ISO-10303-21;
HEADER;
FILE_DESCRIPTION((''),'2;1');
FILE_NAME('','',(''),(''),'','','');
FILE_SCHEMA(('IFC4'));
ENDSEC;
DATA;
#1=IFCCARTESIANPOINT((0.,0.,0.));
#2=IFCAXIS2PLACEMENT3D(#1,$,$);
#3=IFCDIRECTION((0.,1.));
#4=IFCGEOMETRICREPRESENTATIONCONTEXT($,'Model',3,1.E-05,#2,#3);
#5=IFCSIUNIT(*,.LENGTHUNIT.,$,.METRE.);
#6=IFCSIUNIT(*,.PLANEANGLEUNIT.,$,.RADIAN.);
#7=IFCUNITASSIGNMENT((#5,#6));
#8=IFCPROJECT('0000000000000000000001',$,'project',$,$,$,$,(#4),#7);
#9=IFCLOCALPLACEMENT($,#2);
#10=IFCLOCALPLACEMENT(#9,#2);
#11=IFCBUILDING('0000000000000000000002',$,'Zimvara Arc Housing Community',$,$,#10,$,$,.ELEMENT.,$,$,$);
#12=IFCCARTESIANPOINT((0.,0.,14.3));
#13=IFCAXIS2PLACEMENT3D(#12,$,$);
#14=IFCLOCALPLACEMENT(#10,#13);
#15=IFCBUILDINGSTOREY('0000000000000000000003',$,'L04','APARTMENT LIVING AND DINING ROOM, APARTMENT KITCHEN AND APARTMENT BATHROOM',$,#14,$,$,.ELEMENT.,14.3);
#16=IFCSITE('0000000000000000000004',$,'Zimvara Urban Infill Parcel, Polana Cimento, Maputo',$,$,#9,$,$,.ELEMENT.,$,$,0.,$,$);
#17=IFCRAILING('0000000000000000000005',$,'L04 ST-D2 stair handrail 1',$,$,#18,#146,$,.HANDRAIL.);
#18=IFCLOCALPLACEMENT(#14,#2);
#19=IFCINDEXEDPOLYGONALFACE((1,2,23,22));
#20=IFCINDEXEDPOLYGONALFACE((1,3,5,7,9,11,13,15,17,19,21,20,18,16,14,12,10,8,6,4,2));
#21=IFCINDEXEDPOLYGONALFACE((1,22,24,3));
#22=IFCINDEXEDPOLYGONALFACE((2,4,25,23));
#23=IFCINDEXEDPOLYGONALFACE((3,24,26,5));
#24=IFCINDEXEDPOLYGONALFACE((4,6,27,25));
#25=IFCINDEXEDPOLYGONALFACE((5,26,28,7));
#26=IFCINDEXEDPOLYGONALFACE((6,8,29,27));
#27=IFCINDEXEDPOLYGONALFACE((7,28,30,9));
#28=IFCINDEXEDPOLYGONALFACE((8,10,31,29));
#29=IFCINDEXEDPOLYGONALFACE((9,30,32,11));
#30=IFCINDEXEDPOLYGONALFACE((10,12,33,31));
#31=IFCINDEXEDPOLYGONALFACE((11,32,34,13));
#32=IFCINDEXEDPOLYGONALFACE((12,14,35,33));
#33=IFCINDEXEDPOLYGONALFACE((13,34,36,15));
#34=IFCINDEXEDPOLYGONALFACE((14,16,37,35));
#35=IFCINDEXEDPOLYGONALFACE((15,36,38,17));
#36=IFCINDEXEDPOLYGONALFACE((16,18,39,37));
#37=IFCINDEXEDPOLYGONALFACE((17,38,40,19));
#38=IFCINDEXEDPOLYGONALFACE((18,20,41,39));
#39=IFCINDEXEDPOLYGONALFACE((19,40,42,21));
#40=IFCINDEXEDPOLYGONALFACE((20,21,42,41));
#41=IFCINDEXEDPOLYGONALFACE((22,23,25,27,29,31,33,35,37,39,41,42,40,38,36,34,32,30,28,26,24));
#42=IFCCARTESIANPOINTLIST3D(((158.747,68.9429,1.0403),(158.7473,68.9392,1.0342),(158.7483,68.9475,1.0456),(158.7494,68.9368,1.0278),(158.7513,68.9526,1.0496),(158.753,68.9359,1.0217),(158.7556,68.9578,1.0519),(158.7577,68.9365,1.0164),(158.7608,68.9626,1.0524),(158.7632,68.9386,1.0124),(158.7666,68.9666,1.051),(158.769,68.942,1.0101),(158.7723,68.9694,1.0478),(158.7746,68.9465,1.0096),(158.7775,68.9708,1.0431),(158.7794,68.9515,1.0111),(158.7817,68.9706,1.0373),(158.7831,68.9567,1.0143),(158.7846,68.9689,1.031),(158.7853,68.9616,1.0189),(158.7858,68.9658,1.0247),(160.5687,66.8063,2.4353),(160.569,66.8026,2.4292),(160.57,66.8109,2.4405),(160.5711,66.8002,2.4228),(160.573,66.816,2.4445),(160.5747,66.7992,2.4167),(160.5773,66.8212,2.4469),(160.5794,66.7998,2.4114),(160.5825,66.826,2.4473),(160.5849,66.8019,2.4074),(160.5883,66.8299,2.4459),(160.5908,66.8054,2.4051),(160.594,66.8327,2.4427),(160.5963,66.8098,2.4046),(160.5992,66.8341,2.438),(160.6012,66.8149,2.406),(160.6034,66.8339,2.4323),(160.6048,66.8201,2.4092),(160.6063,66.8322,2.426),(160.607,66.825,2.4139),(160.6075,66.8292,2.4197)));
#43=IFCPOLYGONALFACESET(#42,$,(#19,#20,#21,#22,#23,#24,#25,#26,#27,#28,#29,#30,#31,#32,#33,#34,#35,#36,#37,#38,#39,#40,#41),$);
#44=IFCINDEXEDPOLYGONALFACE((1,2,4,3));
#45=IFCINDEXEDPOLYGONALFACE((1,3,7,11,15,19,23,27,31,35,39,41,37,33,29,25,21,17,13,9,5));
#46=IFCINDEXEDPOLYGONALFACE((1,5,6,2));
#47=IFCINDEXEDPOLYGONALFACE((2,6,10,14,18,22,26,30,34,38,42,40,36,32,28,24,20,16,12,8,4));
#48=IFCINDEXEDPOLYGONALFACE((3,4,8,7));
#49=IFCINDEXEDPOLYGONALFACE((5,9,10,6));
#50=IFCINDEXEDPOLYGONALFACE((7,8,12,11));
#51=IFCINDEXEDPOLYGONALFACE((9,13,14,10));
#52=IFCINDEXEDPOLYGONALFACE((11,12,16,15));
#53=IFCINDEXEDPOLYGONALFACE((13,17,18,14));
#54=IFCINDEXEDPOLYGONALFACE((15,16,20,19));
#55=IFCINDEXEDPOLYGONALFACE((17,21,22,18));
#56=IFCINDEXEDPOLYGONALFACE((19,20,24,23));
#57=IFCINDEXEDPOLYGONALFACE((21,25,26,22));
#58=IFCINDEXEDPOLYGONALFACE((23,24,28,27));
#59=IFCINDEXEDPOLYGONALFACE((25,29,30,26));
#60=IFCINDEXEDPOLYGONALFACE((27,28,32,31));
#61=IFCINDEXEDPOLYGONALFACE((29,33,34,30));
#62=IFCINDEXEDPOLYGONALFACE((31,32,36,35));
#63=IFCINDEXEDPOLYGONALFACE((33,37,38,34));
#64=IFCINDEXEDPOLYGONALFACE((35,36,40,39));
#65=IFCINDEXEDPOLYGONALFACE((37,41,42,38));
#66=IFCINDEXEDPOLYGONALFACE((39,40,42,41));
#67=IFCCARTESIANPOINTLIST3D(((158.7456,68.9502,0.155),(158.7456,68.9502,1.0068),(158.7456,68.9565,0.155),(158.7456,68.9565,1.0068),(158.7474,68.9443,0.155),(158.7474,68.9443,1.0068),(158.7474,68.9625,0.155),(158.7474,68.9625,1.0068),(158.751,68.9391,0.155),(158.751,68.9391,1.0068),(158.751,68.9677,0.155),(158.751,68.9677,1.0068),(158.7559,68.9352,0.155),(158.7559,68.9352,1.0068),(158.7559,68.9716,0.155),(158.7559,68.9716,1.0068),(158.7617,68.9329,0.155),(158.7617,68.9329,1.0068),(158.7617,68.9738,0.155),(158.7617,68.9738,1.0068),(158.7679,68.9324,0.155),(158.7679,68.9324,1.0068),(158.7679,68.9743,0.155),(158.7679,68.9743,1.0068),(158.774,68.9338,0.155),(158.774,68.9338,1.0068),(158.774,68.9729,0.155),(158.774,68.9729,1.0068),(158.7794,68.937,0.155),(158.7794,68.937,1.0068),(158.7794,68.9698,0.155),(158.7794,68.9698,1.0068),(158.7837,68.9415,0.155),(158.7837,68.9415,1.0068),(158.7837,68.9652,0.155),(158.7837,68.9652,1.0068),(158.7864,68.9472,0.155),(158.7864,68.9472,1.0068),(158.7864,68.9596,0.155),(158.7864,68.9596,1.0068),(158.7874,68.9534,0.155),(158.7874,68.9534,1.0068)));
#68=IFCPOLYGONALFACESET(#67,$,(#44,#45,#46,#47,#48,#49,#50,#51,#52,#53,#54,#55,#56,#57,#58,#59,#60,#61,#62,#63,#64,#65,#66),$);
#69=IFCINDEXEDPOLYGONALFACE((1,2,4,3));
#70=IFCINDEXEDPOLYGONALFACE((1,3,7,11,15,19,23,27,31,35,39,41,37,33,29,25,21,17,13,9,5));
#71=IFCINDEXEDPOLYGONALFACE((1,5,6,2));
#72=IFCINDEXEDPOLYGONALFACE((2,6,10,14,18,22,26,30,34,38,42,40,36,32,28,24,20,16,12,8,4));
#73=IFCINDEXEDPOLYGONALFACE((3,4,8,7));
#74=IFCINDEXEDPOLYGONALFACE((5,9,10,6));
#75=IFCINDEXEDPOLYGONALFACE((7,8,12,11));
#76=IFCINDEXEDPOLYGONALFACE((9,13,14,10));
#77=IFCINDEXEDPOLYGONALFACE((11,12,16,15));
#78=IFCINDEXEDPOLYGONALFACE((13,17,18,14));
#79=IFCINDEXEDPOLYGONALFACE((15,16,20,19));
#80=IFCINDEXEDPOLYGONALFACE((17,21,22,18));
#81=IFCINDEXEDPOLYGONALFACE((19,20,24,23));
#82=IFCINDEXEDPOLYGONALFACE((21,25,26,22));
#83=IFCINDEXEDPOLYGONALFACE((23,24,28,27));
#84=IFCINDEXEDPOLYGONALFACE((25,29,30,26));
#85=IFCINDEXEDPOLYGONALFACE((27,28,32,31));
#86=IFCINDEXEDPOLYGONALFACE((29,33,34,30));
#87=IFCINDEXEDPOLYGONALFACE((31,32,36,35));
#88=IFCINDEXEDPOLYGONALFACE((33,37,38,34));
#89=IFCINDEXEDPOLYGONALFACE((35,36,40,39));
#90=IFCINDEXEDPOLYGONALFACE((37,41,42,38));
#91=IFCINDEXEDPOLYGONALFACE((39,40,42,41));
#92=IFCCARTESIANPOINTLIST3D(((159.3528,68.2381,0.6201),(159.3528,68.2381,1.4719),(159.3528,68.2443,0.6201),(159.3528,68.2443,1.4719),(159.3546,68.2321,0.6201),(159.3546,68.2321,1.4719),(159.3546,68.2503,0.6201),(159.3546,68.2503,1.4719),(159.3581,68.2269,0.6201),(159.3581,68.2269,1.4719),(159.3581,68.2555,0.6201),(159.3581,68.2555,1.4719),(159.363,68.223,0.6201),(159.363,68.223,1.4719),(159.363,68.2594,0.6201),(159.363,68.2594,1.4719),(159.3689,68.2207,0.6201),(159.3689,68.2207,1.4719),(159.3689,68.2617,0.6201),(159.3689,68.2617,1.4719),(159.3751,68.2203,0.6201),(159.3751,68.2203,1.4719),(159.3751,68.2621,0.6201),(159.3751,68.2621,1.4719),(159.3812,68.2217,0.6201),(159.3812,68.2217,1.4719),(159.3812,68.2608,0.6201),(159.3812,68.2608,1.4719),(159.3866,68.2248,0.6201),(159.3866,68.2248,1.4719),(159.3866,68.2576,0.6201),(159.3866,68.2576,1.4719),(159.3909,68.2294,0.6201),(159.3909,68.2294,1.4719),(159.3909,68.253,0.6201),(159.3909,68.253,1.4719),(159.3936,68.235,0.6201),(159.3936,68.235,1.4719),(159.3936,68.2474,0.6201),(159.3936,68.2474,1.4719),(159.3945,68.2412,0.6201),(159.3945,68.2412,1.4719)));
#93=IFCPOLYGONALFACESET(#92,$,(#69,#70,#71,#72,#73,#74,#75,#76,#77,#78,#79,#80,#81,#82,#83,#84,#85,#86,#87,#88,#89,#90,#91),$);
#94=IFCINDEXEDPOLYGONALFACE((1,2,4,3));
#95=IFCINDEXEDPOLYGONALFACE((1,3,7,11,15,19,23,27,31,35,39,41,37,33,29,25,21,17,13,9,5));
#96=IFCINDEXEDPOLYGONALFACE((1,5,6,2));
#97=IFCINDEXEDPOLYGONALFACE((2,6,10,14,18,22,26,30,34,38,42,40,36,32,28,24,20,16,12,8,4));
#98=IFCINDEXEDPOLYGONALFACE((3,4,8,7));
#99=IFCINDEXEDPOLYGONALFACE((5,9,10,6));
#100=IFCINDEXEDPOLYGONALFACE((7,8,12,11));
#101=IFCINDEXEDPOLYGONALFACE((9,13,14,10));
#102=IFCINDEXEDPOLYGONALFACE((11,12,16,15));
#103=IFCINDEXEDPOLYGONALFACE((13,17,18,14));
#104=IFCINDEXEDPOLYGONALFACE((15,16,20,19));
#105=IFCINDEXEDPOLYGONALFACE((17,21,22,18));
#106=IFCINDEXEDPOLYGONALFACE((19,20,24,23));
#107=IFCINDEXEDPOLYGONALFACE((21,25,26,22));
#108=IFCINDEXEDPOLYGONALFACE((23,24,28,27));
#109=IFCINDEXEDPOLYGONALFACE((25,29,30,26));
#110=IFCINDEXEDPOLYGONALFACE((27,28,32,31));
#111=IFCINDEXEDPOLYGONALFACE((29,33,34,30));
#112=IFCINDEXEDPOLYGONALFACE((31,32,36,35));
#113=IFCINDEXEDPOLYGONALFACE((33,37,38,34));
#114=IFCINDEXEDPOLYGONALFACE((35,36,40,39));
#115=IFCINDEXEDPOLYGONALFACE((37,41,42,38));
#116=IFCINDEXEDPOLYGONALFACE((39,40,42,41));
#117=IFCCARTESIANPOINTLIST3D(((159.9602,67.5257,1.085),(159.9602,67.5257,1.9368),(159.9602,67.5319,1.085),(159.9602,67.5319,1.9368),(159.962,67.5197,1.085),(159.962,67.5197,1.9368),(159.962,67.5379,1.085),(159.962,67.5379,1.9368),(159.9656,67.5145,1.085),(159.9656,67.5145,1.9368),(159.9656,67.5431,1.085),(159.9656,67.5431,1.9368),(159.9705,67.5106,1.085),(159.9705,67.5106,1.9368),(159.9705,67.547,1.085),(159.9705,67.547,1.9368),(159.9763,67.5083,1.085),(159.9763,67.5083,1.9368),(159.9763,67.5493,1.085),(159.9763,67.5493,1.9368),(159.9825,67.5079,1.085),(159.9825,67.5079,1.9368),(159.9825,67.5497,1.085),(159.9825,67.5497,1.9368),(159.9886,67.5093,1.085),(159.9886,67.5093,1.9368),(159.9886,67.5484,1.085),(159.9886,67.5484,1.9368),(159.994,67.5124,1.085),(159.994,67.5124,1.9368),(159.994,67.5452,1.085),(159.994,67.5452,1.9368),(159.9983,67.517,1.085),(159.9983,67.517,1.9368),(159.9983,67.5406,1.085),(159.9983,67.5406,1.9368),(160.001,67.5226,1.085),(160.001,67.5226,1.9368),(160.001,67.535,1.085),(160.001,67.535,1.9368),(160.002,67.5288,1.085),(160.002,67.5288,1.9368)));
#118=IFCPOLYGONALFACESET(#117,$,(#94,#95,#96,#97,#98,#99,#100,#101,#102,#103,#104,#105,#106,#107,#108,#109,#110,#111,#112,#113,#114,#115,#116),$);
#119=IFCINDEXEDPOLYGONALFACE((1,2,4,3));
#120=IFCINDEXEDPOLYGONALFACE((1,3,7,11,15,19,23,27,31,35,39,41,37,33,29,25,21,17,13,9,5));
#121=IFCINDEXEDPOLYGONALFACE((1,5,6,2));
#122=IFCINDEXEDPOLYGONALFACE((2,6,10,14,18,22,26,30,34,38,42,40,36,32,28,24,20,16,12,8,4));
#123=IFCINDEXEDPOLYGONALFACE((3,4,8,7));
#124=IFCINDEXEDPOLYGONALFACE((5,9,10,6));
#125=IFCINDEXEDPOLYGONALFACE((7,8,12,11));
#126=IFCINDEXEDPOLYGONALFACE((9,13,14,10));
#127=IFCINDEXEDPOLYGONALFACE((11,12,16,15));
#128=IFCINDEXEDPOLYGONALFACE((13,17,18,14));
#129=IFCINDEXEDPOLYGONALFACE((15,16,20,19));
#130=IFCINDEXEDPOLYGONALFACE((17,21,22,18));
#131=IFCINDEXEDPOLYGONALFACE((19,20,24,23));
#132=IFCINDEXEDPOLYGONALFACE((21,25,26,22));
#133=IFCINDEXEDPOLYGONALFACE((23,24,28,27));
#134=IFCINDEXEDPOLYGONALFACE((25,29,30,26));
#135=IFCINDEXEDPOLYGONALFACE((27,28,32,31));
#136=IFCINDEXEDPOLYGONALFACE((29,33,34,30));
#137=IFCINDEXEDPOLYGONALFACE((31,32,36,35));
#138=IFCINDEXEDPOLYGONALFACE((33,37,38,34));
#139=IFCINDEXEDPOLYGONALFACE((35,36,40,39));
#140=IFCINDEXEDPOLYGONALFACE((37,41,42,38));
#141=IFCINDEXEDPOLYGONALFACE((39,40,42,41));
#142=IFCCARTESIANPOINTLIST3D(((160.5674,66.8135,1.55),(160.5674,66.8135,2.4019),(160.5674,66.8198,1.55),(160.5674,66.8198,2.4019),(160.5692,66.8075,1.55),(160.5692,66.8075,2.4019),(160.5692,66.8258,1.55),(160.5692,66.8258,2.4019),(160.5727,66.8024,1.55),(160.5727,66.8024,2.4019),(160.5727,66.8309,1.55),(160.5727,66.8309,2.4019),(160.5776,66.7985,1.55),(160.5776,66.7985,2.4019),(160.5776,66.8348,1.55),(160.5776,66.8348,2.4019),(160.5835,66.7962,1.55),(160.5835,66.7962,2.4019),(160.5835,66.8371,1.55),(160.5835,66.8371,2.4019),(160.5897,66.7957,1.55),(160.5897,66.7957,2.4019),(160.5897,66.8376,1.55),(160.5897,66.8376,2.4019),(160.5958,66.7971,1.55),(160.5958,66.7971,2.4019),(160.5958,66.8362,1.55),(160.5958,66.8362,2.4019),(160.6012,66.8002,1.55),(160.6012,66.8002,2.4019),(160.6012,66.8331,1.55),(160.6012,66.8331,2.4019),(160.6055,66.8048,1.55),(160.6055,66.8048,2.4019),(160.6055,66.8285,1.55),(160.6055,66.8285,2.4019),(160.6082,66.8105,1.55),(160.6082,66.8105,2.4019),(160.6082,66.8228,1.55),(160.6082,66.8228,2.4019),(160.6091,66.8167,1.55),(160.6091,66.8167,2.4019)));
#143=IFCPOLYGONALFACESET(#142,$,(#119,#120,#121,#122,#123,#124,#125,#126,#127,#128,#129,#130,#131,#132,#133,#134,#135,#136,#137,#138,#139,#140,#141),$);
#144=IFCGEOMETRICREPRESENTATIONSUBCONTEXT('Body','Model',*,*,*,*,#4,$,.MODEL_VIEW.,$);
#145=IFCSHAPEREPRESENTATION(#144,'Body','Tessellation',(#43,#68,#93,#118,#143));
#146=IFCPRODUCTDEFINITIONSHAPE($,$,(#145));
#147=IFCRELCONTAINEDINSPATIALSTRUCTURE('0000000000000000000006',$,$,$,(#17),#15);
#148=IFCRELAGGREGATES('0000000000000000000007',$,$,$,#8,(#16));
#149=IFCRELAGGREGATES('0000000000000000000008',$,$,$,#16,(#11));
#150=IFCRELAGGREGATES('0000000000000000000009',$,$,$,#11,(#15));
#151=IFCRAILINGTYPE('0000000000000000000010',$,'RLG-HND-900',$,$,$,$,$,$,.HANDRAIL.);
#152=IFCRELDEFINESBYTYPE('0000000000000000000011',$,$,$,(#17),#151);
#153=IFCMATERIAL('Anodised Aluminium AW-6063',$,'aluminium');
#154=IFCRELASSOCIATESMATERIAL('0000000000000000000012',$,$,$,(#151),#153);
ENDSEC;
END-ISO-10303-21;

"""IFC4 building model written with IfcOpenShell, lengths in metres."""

from ifc_helpers import new_model, si_unit, direction, frame, origin, origin_2d, place, context, subcontext, project, spatial, circle, extrude, material, type_object, element, save


model = new_model("IFC4")

# Units and contexts
model_context = context("Model", 3, precision=1e-05, world=origin(), true_north=direction((0.0, 1.0)))
body_context = subcontext(model_context, "Body", "Model", "MODEL_VIEW")
ifc_project = project(units=[si_unit("LENGTHUNIT", "METRE"), si_unit("PLANEANGLEUNIT", "RADIAN")], contexts=[model_context])

# Site, building, storey
site_placement = place(None, origin())
site = spatial("IfcSite", under=ifc_project, at=site_placement, Name="Zimvara Urban Infill Parcel, Polana Cimento, Maputo", CompositionType="ELEMENT", RefElevation=0.0)
building_placement = place(site_placement, origin())
building = spatial("IfcBuilding", under=site, at=building_placement, Name="Zimvara Arc Housing Community", CompositionType="ELEMENT")
storey_placement = place(building_placement, frame((0.0, 0.0, 14.3)))
storey = spatial("IfcBuildingStorey", under=building, at=storey_placement, Name="L04", Description="APARTMENT LIVING AND DINING ROOM, APARTMENT KITCHEN AND APARTMENT BATHROOM", CompositionType="ELEMENT", Elevation=14.3)

# Railing
ifc_material_1 = material(Name="Anodised Aluminium AW-6063", Category="aluminium")
railing_type_1 = type_object("IfcRailingType", Name="RLG-HND-900", PredefinedType="HANDRAIL", material=ifc_material_1)
railing_1_placement = place(storey_placement, frame((158.7664, 68.9534, 0.155)))
element("IfcRailing", 1, at=railing_1_placement, inside=storey, type_object=railing_type_1, Name="L04 ST-D2 stair handrail 1", PredefinedType="HANDRAIL", context=body_context, shape_type="SweptSolid", body=[
    extrude(circle(Radius=0.0239, at=origin_2d()), frame((0.0, 0.0, 0.876), z_axis=(0.581041, -0.681489, 0.44493), x_axis=(0.76096, 0.648799, 0.0)), (0.0, 0.0, 1.0), 3.1353),
    extrude(circle(Radius=0.021, at=origin_2d()), origin(), (0.0, 0.0, 1.0), 0.8518),
    extrude(circle(Radius=0.021, at=origin_2d()), frame((0.6072, -0.7122, 0.4651)), (0.0, 0.0, 1.0), 0.8518),
    extrude(circle(Radius=0.021, at=origin_2d()), frame((1.2146, -1.4246, 0.9299)), (0.0, 0.0, 1.0), 0.8518),
    extrude(circle(Radius=0.021, at=origin_2d()), frame((1.8218, -2.1367, 1.395)), (0.0, 0.0, 1.0), 0.8518),
])

save(model, "model.ifc")
